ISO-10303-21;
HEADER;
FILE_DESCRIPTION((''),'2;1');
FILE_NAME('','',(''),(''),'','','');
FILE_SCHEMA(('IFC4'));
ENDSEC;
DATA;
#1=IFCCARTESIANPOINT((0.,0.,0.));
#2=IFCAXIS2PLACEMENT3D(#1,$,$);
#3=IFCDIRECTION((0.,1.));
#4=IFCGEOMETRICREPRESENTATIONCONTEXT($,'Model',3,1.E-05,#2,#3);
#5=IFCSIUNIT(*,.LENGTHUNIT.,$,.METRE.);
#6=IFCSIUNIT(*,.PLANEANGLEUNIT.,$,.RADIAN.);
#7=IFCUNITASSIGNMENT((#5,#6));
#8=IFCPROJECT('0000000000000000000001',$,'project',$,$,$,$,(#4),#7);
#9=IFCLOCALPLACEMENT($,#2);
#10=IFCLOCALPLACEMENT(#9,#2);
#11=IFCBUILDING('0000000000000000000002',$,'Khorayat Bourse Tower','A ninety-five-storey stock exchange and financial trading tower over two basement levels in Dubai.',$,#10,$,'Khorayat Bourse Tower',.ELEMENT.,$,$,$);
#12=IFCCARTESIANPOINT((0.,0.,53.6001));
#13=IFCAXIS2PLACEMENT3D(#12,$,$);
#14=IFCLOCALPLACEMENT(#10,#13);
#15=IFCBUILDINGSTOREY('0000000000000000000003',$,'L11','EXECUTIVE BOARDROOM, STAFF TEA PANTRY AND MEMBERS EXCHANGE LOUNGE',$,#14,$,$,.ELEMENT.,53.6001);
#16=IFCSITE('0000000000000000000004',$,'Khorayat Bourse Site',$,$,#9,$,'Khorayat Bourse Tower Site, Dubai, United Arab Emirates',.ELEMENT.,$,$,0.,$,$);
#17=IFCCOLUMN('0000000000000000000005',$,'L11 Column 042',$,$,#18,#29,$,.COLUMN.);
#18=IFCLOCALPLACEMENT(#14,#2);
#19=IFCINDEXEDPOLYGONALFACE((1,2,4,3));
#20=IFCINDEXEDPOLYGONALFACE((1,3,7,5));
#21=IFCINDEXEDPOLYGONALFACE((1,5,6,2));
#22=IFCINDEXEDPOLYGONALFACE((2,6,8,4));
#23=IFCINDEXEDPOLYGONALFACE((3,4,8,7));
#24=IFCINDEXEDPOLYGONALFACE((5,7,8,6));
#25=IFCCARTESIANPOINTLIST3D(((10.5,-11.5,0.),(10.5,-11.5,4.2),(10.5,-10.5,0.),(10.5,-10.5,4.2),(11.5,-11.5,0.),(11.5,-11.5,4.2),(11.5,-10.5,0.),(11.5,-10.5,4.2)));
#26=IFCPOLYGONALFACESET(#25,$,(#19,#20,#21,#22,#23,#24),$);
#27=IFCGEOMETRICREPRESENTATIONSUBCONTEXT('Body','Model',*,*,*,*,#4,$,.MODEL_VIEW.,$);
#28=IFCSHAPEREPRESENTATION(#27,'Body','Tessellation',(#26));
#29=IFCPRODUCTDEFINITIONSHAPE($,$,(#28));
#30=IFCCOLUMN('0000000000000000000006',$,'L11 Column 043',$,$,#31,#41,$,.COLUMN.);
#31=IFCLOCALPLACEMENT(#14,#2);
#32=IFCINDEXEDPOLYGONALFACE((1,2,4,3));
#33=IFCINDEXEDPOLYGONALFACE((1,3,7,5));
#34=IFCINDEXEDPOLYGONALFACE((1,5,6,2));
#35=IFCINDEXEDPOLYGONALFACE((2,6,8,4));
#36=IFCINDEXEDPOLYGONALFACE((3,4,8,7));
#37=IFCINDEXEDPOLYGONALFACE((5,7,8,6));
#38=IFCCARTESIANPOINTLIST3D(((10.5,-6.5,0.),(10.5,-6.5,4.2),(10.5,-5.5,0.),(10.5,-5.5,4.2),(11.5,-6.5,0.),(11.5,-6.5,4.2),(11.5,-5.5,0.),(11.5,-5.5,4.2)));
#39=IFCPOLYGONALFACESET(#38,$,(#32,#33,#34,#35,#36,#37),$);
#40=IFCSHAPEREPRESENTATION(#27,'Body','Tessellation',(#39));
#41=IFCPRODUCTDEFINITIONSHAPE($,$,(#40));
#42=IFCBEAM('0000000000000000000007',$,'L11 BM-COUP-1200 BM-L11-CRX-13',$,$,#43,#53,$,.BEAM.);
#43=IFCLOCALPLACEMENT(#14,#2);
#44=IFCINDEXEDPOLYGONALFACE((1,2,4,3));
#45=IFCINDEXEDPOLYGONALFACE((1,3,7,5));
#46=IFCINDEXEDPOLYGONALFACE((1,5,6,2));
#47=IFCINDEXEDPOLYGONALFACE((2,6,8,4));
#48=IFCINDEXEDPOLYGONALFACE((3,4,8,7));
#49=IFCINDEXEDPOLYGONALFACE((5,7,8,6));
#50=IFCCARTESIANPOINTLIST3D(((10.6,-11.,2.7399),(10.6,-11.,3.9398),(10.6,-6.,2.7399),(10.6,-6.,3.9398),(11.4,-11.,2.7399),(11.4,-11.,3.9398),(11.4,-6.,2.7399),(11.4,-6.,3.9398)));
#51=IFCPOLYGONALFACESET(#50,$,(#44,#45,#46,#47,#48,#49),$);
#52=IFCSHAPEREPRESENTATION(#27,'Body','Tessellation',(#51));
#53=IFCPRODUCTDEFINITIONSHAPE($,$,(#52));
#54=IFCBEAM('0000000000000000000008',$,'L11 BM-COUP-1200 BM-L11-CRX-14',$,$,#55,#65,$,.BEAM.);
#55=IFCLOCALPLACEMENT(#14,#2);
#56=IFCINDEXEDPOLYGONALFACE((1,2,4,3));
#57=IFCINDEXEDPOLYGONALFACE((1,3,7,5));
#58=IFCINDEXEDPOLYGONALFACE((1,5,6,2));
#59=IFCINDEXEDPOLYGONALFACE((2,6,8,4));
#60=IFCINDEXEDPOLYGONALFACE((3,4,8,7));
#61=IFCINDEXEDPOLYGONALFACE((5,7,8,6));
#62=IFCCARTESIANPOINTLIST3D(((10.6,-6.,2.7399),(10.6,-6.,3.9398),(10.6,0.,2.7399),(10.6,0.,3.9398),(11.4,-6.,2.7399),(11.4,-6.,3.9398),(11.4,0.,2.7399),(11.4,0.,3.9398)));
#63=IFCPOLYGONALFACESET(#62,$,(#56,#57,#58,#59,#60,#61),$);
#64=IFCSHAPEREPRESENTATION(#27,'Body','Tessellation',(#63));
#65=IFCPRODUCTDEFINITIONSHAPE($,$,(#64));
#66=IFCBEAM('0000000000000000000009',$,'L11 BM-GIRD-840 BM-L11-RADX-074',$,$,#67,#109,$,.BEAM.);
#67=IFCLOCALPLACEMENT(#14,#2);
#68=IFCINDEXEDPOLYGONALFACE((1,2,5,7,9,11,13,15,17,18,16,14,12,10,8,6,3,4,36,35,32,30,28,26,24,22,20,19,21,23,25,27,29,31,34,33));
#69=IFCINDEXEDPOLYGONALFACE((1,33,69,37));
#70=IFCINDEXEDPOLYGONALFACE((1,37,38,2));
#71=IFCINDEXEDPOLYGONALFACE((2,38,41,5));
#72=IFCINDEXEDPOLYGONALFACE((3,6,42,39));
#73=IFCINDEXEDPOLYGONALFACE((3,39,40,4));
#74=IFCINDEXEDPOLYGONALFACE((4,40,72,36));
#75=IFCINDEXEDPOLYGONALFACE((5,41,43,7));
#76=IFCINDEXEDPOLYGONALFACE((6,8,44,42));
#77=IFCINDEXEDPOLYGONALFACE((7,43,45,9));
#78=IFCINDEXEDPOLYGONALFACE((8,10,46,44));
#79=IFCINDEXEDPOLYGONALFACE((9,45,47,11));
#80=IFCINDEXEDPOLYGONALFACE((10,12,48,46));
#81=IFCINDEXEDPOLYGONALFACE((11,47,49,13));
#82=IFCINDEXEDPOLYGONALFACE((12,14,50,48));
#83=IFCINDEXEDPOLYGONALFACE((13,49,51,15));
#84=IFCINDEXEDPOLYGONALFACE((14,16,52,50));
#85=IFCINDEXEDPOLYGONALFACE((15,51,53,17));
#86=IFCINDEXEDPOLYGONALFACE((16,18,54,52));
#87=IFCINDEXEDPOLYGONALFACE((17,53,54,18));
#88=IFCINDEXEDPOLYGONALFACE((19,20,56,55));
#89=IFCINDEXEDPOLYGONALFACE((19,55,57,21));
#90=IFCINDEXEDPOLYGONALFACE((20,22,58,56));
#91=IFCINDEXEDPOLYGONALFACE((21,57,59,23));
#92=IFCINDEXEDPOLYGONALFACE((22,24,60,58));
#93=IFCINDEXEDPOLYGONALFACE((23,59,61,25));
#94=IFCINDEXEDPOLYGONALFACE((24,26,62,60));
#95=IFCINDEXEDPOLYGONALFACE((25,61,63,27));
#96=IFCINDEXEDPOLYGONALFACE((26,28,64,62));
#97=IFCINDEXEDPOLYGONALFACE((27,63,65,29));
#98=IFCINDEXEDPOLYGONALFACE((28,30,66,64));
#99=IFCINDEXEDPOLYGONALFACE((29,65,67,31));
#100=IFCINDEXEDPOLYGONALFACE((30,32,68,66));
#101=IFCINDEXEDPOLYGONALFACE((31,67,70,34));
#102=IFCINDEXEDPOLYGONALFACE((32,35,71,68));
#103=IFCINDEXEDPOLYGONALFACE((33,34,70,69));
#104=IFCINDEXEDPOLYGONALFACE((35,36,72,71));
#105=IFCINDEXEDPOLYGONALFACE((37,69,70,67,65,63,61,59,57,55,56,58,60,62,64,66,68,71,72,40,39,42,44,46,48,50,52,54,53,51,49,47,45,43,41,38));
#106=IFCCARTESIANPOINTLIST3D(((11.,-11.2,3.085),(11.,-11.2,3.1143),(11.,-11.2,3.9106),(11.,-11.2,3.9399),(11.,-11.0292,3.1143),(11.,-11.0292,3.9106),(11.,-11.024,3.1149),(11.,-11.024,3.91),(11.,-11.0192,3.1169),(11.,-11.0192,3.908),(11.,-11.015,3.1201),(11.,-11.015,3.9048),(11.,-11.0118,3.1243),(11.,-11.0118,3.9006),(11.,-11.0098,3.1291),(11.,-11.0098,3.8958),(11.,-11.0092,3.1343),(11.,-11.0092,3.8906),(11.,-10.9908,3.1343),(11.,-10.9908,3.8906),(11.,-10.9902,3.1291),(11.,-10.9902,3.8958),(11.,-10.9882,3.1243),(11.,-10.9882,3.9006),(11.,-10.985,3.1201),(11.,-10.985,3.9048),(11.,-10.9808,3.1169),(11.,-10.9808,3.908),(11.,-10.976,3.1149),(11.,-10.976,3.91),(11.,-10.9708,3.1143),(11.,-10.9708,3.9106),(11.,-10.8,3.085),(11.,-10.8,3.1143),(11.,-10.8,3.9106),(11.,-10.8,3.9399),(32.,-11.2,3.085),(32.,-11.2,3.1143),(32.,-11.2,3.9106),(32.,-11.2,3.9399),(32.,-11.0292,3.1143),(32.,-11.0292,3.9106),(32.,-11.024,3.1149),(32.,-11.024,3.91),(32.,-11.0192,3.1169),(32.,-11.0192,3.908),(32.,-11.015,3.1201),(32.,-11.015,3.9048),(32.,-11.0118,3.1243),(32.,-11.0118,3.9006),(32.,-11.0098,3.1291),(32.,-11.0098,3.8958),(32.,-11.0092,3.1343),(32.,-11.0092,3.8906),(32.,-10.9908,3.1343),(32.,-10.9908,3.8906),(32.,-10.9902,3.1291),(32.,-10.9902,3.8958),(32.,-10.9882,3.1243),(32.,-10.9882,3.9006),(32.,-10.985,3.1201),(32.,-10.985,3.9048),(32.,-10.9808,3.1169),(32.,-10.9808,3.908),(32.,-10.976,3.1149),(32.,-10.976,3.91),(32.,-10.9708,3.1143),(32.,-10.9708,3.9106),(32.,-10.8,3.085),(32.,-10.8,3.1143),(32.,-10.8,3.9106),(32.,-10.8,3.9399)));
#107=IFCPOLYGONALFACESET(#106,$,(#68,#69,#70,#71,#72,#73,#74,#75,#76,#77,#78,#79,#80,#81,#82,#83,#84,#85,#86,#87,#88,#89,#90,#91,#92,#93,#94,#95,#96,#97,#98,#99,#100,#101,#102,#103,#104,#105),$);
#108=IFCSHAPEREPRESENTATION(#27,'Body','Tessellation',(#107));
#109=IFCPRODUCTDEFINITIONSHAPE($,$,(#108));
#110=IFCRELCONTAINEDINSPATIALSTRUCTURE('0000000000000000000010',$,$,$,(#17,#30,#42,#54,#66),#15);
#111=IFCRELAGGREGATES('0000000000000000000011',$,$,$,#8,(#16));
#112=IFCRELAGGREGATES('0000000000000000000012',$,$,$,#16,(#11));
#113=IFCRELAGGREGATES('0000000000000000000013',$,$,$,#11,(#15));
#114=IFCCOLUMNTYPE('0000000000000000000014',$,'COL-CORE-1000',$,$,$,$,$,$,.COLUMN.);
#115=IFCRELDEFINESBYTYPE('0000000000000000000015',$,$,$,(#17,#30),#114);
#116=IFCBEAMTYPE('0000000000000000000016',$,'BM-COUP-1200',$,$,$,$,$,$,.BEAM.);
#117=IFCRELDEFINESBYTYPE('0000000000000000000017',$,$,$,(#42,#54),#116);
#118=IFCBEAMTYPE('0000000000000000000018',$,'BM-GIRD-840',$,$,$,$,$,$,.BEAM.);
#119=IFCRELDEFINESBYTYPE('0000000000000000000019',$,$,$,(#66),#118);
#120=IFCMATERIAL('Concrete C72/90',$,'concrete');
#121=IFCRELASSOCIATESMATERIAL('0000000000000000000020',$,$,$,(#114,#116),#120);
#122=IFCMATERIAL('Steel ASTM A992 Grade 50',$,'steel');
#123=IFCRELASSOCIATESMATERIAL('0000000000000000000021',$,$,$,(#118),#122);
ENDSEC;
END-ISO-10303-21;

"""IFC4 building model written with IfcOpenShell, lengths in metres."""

from ifc_helpers import new_model, si_unit, direction, frame, origin, origin_2d, place, context, subcontext, project, spatial, rectangle, i_section, extrude, source, transform, mapped, material, material_profile, profile_set, type_object, element, save


model = new_model("IFC4")

# Units and contexts
model_context = context("Model", 3, precision=1e-05, world=origin(), true_north=direction((0.0, 1.0)))
body_context = subcontext(model_context, "Body", "Model", "MODEL_VIEW")
ifc_project = project(units=[si_unit("LENGTHUNIT", "METRE"), si_unit("PLANEANGLEUNIT", "RADIAN")], contexts=[model_context])

# Site, building, storey
site_placement = place(None, origin())
site = spatial("IfcSite", under=ifc_project, at=site_placement, Name="Khorayat Bourse Site", LongName="Khorayat Bourse Tower Site, Dubai, United Arab Emirates", CompositionType="ELEMENT", RefElevation=0.0)
building_placement = place(site_placement, origin())
building = spatial("IfcBuilding", under=site, at=building_placement, Name="Khorayat Bourse Tower", Description="A ninety-five-storey stock exchange and financial trading tower over two basement levels in Dubai.", LongName="Khorayat Bourse Tower", CompositionType="ELEMENT")
storey_placement = place(building_placement, frame((0.0, 0.0, 53.6001)))
storey = spatial("IfcBuildingStorey", under=building, at=storey_placement, Name="L11", Description="EXECUTIVE BOARDROOM, STAFF TEA PANTRY AND MEMBERS EXCHANGE LOUNGE", CompositionType="ELEMENT", Elevation=53.6001)

# Columns
ifc_material_1 = material(Name="Concrete C72/90", Category="concrete")
ifc_material_profile_1 = material_profile(ifc_material_1, rectangle(XDim=1.0, YDim=1.0, at=origin_2d()), Name="RC 1000x1000")
ifc_profile_set_1 = profile_set([ifc_material_profile_1], Name="Concrete C72/90")
column_type = type_object("IfcColumnType", Name="COL-CORE-1000", PredefinedType="COLUMN", material=ifc_profile_set_1)
shared_shape_1 = source(origin(), body_context, "Body", "SweptSolid", [
    extrude(rectangle(XDim=1.0, YDim=1.0, at=origin_2d()), origin(), (0.0, 0.0, 1.0), 4.2),
])
for number, where, z_axis, x_axis, name in (
    (1, (11.0, -11.0, 0.0), (0.0, 0.0, 1.0), (1.0, 0.0, 0.0), "L11 Column 042"),
    (2, (11.0, -6.0, 0.0), (0.0, 0.0, 1.0), (1.0, 0.0, 0.0), "L11 Column 043"),
):
    element("IfcColumn", number, at=place(storey_placement, frame(where, z_axis=z_axis, x_axis=x_axis)), inside=storey, type_object=column_type, Name=name, PredefinedType="COLUMN", context=body_context, shape_type="MappedRepresentation", body=[
        mapped(shared_shape_1, transform((0.0, 0.0, 0.0), scale=1.0)),
    ])

# Beams
ifc_material_profile_2 = material_profile(ifc_material_1, rectangle(XDim=0.8, YDim=1.2, at=origin_2d()), Name="RC 800x1200")
ifc_profile_set_2 = profile_set([ifc_material_profile_2], Name="Concrete C72/90")
beam_type_1 = type_object("IfcBeamType", Name="BM-COUP-1200", PredefinedType="BEAM", material=ifc_profile_set_2)
shared_shape_2 = source(origin(), body_context, "Body", "SweptSolid", [
    extrude(rectangle(XDim=0.8, YDim=1.2, at=origin_2d()), origin(), (0.0, 0.0, 1.0), 5.0),
])
beam_1_placement = place(storey_placement, frame((11.0, -11.0, 3.3398), z_axis=(0.0, 1.0, 0.0), x_axis=(-1.0, 0.0, 0.0)))
element("IfcBeam", 3, at=beam_1_placement, inside=storey, type_object=beam_type_1, Name="L11 BM-COUP-1200 BM-L11-CRX-13", PredefinedType="BEAM", context=body_context, shape_type="MappedRepresentation", body=[
    mapped(shared_shape_2, transform((0.0, 0.0, 0.0), scale=1.0)),
])
shared_shape_3 = source(origin(), body_context, "Body", "SweptSolid", [
    extrude(rectangle(XDim=0.8, YDim=1.2, at=origin_2d()), origin(), (0.0, 0.0, 1.0), 6.0),
])
beam_2_placement = place(storey_placement, frame((11.0, -6.0, 3.3398), z_axis=(0.0, 1.0, 0.0), x_axis=(-1.0, 0.0, 0.0)))
element("IfcBeam", 4, at=beam_2_placement, inside=storey, type_object=beam_type_1, Name="L11 BM-COUP-1200 BM-L11-CRX-14", PredefinedType="BEAM", context=body_context, shape_type="MappedRepresentation", body=[
    mapped(shared_shape_3, transform((0.0, 0.0, 0.0), scale=1.0)),
])
ifc_material_2 = material(Name="Steel ASTM A992 Grade 50", Category="steel")
ifc_material_profile_3 = material_profile(ifc_material_2, i_section(OverallWidth=0.3999, OverallDepth=0.855, WebThickness=0.0183, FlangeThickness=0.0293, FilletRadius=0.02, at=origin_2d()), Name="W840X299")
ifc_profile_set_3 = profile_set([ifc_material_profile_3], Name="Steel ASTM A992 Grade 50")
beam_type_2 = type_object("IfcBeamType", Name="BM-GIRD-840", PredefinedType="BEAM", material=ifc_profile_set_3)
shared_shape_4 = source(origin(), body_context, "Body", "SweptSolid", [
    extrude(i_section(OverallWidth=0.3999, OverallDepth=0.855, WebThickness=0.0183, FlangeThickness=0.0293, FilletRadius=0.02, at=origin_2d()), origin(), (0.0, 0.0, 1.0), 21.0),
])
beam_3_placement = place(storey_placement, frame((11.0, -11.0, 3.5125), z_axis=(1.0, 0.0, 0.0), x_axis=(0.0, 1.0, 0.0)))
element("IfcBeam", 5, at=beam_3_placement, inside=storey, type_object=beam_type_2, Name="L11 BM-GIRD-840 BM-L11-RADX-074", PredefinedType="BEAM", context=body_context, shape_type="MappedRepresentation", body=[
    mapped(shared_shape_4, transform((0.0, 0.0, 0.0), scale=1.0)),
])

save(model, "model.ifc")
